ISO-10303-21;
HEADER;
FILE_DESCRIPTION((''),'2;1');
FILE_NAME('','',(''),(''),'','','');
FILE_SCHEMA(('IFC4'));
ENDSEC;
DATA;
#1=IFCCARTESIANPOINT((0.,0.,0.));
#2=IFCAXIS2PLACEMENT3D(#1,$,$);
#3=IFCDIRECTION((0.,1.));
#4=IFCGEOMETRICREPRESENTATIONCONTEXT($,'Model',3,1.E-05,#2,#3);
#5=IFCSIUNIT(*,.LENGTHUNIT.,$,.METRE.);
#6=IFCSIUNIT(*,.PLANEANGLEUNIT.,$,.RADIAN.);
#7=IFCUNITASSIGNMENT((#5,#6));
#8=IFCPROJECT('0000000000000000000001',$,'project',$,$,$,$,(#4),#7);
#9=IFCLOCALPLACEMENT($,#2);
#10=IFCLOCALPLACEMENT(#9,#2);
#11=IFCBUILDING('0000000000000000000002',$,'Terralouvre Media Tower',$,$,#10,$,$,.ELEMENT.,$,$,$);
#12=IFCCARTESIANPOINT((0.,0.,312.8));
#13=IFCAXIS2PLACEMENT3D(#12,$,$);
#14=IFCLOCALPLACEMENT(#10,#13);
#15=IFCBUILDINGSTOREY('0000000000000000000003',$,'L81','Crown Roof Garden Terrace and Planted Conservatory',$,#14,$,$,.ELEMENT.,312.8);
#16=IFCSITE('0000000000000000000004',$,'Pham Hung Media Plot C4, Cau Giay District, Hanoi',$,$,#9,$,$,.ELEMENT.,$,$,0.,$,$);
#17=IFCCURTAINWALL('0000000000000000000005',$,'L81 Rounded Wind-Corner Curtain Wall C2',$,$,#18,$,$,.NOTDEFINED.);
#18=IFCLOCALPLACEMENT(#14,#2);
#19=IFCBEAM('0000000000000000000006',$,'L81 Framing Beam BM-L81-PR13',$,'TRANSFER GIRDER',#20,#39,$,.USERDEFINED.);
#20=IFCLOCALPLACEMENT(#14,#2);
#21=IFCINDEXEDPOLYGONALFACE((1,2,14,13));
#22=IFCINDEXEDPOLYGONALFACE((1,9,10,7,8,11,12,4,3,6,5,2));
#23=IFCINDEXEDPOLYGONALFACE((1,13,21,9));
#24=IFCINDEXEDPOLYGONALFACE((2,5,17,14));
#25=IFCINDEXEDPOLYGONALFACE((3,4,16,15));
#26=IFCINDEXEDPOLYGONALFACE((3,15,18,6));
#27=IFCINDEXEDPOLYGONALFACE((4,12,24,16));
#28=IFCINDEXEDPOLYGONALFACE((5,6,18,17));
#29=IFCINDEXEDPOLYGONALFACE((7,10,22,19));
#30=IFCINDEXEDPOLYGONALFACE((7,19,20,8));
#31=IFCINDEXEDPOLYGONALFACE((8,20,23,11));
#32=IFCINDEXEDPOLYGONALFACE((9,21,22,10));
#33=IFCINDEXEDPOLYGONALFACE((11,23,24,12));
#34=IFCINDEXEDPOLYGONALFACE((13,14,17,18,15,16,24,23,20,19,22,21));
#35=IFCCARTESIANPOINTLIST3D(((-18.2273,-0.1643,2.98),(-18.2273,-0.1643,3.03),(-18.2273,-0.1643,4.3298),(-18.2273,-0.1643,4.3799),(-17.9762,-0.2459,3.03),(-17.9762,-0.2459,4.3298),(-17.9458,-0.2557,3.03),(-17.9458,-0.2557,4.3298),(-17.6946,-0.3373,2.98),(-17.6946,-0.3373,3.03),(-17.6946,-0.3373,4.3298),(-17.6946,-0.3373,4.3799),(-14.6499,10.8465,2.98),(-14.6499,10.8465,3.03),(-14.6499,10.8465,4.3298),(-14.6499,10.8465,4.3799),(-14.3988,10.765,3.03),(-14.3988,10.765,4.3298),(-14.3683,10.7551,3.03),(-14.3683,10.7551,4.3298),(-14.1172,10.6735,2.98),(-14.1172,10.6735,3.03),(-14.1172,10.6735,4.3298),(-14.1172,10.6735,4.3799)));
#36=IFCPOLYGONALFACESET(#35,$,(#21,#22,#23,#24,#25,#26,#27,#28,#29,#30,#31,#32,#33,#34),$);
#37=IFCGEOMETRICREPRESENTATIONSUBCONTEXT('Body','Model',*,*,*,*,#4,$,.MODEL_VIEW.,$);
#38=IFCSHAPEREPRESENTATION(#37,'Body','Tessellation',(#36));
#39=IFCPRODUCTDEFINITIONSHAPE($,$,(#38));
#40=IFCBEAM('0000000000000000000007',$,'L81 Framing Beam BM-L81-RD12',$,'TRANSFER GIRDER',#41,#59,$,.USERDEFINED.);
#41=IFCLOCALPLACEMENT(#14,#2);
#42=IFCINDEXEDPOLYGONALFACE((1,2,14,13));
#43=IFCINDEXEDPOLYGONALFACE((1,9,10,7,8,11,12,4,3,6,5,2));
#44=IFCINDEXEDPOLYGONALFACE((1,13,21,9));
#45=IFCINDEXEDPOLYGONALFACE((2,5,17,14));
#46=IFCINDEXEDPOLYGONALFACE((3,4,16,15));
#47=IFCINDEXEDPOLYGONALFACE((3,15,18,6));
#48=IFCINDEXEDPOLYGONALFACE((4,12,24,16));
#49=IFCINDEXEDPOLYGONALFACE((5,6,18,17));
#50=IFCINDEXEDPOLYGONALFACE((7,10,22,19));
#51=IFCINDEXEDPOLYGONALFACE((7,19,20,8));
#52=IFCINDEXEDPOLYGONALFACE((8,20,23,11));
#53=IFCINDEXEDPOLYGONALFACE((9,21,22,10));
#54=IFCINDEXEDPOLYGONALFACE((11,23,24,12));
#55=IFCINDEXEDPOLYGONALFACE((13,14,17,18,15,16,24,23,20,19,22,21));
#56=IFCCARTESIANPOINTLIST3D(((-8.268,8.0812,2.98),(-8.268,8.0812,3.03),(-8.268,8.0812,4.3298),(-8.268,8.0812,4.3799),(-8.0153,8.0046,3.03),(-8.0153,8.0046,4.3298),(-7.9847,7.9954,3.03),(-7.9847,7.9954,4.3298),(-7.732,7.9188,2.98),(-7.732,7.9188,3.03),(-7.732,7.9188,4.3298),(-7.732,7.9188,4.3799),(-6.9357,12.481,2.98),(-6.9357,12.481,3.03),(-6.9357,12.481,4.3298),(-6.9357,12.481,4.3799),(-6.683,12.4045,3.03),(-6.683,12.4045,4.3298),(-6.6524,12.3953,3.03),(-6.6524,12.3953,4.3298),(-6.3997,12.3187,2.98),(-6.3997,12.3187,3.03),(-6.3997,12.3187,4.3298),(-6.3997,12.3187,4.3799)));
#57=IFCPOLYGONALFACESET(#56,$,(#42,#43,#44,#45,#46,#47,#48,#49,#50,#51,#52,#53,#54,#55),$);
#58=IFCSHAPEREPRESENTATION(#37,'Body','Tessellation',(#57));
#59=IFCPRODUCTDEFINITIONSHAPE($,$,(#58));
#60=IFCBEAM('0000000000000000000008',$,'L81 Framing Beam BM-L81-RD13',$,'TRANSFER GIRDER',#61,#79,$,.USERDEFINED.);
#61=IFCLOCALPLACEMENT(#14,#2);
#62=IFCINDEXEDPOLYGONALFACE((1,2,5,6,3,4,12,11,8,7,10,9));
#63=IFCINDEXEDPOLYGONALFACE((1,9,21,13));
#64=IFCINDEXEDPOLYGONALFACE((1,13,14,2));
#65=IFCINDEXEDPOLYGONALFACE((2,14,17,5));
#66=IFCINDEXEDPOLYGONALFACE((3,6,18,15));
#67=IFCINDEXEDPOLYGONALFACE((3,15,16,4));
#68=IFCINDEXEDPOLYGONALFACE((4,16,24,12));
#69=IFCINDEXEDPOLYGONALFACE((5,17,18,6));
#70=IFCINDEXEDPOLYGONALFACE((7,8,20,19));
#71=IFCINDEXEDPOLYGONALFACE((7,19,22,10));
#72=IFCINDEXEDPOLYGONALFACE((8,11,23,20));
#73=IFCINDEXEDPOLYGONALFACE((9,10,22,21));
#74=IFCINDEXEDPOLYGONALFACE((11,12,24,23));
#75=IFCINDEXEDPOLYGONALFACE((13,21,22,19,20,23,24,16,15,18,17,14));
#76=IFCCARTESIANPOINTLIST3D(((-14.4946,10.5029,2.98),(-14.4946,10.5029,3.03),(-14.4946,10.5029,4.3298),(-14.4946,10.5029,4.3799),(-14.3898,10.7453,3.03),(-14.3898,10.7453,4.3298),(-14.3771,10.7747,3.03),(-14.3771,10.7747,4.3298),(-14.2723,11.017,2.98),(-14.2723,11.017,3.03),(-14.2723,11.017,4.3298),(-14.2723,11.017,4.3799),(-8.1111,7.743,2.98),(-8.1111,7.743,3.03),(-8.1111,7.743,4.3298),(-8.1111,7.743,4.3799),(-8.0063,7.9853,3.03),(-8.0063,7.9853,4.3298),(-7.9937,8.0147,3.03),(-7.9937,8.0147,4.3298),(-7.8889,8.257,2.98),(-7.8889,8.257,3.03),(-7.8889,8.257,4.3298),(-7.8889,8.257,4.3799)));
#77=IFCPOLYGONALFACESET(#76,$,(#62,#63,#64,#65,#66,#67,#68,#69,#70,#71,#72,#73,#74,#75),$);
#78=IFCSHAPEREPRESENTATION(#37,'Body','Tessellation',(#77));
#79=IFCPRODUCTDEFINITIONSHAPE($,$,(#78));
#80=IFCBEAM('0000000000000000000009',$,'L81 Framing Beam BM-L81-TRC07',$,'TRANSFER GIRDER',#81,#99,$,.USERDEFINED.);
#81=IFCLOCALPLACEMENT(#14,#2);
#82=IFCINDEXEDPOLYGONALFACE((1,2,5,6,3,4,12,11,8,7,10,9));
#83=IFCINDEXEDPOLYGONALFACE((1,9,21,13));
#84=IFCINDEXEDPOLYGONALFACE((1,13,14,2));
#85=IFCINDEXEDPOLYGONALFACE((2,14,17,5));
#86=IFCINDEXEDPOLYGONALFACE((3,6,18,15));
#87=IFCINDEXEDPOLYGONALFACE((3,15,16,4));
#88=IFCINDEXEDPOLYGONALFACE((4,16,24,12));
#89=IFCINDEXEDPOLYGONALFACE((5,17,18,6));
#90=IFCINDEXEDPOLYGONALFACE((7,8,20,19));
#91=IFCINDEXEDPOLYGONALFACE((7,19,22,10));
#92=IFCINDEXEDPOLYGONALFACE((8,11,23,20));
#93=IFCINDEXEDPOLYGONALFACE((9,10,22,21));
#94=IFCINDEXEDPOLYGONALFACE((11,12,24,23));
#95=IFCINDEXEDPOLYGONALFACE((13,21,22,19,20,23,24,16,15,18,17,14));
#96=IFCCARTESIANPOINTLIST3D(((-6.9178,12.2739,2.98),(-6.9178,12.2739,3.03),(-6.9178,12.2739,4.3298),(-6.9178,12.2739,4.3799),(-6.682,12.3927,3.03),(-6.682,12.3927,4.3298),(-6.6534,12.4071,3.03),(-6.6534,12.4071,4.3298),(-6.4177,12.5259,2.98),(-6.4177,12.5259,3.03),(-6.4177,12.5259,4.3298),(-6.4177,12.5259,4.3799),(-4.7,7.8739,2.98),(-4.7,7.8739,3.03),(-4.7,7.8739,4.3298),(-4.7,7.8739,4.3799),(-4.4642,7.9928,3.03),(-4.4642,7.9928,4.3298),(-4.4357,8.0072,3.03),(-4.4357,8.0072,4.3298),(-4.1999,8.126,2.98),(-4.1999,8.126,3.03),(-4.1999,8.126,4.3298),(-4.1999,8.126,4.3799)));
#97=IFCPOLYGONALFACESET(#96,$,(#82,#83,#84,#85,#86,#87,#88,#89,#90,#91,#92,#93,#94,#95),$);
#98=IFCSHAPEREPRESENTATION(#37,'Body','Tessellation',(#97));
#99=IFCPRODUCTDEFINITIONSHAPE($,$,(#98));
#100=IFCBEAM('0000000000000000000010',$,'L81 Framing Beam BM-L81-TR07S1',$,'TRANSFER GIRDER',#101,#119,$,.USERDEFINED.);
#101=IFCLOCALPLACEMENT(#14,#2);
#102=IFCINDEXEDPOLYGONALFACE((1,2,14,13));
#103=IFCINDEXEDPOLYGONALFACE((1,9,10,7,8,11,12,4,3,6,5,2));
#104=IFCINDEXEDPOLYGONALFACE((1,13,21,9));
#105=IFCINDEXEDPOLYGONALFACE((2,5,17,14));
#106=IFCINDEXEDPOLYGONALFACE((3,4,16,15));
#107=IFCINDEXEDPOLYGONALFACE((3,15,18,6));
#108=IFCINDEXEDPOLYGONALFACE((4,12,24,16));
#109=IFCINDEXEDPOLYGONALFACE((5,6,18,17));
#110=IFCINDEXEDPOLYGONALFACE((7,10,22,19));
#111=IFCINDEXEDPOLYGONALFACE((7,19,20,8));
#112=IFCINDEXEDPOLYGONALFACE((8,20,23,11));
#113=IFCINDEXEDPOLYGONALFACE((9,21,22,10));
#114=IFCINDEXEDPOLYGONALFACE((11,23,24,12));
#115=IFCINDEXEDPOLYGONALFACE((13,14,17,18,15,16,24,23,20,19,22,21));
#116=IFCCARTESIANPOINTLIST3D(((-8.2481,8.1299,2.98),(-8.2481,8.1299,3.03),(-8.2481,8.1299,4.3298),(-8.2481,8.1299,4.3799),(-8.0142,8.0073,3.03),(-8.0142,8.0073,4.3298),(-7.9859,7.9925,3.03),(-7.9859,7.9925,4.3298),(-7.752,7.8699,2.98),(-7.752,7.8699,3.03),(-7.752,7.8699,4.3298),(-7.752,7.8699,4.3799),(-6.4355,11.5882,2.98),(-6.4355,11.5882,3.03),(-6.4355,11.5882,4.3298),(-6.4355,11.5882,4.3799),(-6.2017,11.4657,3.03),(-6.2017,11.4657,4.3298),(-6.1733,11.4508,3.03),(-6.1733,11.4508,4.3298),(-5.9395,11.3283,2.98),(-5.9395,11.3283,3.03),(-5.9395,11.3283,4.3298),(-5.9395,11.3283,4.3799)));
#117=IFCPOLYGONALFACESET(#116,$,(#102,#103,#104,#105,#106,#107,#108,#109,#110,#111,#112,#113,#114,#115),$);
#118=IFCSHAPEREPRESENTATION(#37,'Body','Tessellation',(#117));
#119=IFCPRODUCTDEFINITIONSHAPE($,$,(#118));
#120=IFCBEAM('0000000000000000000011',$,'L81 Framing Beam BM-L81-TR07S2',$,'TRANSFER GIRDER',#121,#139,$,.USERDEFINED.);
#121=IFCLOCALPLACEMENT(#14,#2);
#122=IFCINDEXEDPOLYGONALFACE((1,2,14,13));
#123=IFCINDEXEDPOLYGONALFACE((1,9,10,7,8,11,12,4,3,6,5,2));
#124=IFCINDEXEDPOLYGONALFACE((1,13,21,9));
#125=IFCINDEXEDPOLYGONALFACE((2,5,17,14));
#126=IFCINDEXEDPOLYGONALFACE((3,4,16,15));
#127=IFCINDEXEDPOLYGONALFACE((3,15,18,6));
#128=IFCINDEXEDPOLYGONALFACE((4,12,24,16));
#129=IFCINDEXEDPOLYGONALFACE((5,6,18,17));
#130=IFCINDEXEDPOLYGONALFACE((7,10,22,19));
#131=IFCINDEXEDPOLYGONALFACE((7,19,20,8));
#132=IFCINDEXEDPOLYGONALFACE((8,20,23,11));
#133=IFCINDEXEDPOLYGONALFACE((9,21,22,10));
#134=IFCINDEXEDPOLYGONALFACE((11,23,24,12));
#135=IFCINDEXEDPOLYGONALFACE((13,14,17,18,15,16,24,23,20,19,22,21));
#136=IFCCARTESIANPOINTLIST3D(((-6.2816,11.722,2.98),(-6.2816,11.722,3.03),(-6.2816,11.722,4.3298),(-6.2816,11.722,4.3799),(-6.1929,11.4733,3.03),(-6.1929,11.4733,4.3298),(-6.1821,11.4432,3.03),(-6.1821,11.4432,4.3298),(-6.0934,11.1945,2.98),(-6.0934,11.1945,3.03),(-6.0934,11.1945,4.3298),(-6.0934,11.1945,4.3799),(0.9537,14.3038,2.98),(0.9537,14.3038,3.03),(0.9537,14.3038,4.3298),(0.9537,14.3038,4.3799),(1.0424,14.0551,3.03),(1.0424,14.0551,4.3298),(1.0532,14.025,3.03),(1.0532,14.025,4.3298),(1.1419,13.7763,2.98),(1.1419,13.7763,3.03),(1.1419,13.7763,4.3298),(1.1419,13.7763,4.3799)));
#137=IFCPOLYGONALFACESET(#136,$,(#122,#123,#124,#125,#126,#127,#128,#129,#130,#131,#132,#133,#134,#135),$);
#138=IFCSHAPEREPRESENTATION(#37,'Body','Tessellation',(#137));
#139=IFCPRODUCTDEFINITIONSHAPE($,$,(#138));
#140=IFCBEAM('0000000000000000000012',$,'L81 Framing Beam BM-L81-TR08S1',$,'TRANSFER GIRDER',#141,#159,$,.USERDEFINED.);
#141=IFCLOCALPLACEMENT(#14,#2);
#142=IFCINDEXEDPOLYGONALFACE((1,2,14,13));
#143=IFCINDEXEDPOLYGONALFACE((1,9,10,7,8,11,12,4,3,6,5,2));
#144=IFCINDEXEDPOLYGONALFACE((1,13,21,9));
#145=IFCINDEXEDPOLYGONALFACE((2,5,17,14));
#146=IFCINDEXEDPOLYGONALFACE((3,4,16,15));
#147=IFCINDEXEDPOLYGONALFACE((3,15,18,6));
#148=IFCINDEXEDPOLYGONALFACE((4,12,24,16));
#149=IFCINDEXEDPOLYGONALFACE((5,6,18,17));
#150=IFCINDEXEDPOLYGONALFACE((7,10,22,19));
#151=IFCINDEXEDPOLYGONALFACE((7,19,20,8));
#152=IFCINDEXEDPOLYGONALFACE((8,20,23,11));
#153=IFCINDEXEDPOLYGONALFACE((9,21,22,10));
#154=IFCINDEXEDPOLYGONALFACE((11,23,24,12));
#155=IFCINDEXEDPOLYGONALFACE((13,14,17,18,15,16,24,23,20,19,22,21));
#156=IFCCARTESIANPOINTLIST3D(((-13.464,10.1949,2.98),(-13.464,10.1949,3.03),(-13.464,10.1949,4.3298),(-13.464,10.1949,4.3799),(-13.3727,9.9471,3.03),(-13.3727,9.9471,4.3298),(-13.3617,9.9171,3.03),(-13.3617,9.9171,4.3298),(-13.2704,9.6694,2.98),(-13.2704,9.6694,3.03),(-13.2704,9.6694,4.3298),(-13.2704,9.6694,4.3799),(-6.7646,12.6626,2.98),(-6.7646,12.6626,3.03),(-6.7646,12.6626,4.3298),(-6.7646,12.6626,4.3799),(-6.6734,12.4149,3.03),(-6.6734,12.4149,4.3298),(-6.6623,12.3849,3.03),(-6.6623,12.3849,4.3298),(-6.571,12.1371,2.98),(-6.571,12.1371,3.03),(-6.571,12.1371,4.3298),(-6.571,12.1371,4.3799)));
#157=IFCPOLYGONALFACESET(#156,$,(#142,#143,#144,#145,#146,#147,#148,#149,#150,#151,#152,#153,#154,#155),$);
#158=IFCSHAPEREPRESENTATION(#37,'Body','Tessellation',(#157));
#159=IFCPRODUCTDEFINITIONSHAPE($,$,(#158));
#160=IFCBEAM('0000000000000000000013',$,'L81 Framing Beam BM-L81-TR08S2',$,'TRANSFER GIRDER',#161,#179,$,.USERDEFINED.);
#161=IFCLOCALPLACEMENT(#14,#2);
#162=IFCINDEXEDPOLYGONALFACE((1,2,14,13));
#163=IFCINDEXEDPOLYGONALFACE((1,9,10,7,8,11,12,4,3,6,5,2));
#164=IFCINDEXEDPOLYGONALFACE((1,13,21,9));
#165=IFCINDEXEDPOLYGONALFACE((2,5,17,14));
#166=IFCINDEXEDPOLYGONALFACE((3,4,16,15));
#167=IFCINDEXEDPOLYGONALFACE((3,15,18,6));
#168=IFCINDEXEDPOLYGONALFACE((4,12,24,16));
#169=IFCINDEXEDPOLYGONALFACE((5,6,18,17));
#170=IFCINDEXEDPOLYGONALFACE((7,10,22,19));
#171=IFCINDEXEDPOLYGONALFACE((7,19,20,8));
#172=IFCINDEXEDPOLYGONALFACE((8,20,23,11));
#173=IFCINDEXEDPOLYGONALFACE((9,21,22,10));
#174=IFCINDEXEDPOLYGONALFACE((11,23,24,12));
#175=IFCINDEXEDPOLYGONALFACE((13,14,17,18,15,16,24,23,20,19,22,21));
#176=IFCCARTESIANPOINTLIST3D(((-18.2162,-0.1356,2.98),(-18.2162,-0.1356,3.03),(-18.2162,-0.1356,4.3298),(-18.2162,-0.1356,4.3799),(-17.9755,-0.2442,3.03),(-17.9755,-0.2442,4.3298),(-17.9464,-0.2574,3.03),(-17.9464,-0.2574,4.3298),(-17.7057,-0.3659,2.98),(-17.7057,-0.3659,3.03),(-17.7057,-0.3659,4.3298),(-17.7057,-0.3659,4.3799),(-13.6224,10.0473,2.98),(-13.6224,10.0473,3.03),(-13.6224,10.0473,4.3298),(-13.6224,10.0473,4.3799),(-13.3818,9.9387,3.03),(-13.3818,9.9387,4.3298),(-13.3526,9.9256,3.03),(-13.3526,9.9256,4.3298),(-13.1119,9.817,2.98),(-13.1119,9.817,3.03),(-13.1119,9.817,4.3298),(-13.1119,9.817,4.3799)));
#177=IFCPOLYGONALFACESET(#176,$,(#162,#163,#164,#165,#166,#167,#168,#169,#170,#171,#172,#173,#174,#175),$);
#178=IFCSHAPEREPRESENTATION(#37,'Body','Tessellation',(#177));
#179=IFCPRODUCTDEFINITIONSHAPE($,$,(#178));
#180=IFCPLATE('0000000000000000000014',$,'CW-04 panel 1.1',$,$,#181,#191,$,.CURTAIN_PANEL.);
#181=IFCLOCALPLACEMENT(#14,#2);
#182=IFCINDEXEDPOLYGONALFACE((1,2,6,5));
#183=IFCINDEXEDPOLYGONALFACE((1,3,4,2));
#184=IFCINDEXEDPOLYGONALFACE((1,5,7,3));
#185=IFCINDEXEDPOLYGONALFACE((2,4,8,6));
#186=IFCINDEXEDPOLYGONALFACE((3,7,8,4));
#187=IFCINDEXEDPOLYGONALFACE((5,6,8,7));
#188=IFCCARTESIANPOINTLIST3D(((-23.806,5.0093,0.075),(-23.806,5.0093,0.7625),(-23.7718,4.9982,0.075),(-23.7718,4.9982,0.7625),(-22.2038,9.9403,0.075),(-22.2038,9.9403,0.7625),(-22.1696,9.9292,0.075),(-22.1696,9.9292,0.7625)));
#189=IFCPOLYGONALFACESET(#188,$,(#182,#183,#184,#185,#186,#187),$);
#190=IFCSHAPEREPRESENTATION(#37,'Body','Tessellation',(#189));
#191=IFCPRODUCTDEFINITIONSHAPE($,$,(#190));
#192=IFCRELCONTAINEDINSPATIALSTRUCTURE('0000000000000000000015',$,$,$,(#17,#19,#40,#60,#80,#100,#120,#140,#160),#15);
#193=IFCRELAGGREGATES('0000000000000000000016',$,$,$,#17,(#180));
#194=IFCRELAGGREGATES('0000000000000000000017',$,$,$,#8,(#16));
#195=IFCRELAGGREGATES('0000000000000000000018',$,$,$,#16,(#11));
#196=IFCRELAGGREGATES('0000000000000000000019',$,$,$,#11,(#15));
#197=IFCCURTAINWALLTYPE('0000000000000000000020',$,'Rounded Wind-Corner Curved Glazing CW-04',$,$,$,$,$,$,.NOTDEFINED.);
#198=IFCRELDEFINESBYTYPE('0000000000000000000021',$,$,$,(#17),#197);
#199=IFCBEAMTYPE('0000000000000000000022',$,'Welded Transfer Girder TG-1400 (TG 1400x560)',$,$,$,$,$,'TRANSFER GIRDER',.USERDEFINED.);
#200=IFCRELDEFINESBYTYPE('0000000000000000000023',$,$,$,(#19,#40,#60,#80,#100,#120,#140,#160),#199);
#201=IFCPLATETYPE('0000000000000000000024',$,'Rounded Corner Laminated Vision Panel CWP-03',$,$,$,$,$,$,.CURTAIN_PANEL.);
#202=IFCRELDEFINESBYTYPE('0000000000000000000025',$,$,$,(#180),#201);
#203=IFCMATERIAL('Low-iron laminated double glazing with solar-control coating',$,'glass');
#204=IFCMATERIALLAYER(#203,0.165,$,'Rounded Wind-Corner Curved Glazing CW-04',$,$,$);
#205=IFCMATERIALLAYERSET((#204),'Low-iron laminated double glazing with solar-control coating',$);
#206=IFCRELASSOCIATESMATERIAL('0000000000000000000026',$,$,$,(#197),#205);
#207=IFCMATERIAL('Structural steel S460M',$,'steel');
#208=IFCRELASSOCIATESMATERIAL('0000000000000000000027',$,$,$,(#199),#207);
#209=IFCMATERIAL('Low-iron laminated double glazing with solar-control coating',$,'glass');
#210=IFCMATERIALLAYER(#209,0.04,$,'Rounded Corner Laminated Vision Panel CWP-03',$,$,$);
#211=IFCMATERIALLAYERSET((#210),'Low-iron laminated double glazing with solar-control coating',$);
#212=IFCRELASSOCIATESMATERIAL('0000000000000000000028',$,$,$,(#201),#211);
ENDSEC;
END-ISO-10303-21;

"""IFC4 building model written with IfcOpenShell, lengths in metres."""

from ifc_helpers import new_model, si_unit, direction, frame, origin, origin_2d, place, context, subcontext, project, spatial, rectangle, i_section, extrude, material, layer, layer_set, material_profile, profile_set, type_object, element, aggregate, save


model = new_model("IFC4")

# Units and contexts
model_context = context("Model", 3, precision=1e-05, world=origin(), true_north=direction((0.0, 1.0)))
body_context = subcontext(model_context, "Body", "Model", "MODEL_VIEW")
ifc_project = project(units=[si_unit("LENGTHUNIT", "METRE"), si_unit("PLANEANGLEUNIT", "RADIAN")], contexts=[model_context])

# Site, building, storey
site_placement = place(None, origin())
site = spatial("IfcSite", under=ifc_project, at=site_placement, Name="Pham Hung Media Plot C4, Cau Giay District, Hanoi", CompositionType="ELEMENT", RefElevation=0.0)
building_placement = place(site_placement, origin())
building = spatial("IfcBuilding", under=site, at=building_placement, Name="Terralouvre Media Tower", CompositionType="ELEMENT")
storey_placement = place(building_placement, frame((0.0, 0.0, 312.8)))
storey = spatial("IfcBuildingStorey", under=building, at=storey_placement, Name="L81", Description="Crown Roof Garden Terrace and Planted Conservatory", CompositionType="ELEMENT", Elevation=312.8)

# Curtain wall
ifc_material_1 = material(Name="Low-iron laminated double glazing with solar-control coating", Category="glass")
ifc_layer_1 = layer(ifc_material_1, 0.165, Name="Rounded Wind-Corner Curved Glazing CW-04")
ifc_layer_set_1 = layer_set([ifc_layer_1], Name="Low-iron laminated double glazing with solar-control coating")
curtain_wall_type_1 = type_object("IfcCurtainWallType", Name="Rounded Wind-Corner Curved Glazing CW-04", PredefinedType="NOTDEFINED", material=ifc_layer_set_1)
curtain_wall_1_placement = place(storey_placement, origin())
curtain_wall_1 = element("IfcCurtainWall", 1, at=curtain_wall_1_placement, inside=storey, type_object=curtain_wall_type_1, Name="L81 Rounded Wind-Corner Curtain Wall C2", PredefinedType="NOTDEFINED")

# Beams
ifc_material_2 = material(Name="Structural steel S460M", Category="steel")
ifc_material_profile_1 = material_profile(ifc_material_2, i_section(OverallWidth=0.5601, OverallDepth=1.3999, WebThickness=0.032, FlangeThickness=0.05, at=origin_2d()), Name="TG 1400x560")
ifc_profile_set_1 = profile_set([ifc_material_profile_1], Name="Structural steel S460M")
beam_type_1 = type_object("IfcBeamType", Name="Welded Transfer Girder TG-1400 (TG 1400x560)", ElementType="TRANSFER GIRDER", PredefinedType="USERDEFINED", material=ifc_profile_set_1)
beam_1_placement = place(storey_placement, frame((-14.3835, 10.76, 3.6799), z_axis=(-0.309, -0.951062, 0.0), x_axis=(0.951062, -0.309, 0.0)))
element("IfcBeam", 2, at=beam_1_placement, inside=storey, type_object=beam_type_1, Name="L81 Framing Beam BM-L81-PR13", ObjectType="TRANSFER GIRDER", PredefinedType="USERDEFINED", context=body_context, shape_type="SweptSolid", body=[
    extrude(i_section(OverallWidth=0.5601, OverallDepth=1.3999, WebThickness=0.032, FlangeThickness=0.05, at=origin_2d()), origin(), (0.0, 0.0, 1.0), 11.5774),
])
beam_2_placement = place(storey_placement, frame((-8.0, 8.0, 3.6799), z_axis=(0.289803, 0.957086, 0.0), x_axis=(-0.957086, 0.289803, 0.0)))
element("IfcBeam", 3, at=beam_2_placement, inside=storey, type_object=beam_type_1, Name="L81 Framing Beam BM-L81-RD12", ObjectType="TRANSFER GIRDER", PredefinedType="USERDEFINED", context=body_context, shape_type="SweptSolid", body=[
    extrude(i_section(OverallWidth=0.5601, OverallDepth=1.3999, WebThickness=0.032, FlangeThickness=0.05, at=origin_2d()), origin(), (0.0, 0.0, 1.0), 4.5972),
])
beam_3_placement = place(storey_placement, frame((-8.0, 8.0, 3.6799), z_axis=(-0.91788, 0.396858, 0.0), x_axis=(-0.396858, -0.91788, 0.0)))
element("IfcBeam", 4, at=beam_3_placement, inside=storey, type_object=beam_type_1, Name="L81 Framing Beam BM-L81-RD13", ObjectType="TRANSFER GIRDER", PredefinedType="USERDEFINED", context=body_context, shape_type="SweptSolid", body=[
    extrude(i_section(OverallWidth=0.5601, OverallDepth=1.3999, WebThickness=0.032, FlangeThickness=0.05, at=origin_2d()), origin(), (0.0, 0.0, 1.0), 6.9546),
])
beam_4_placement = place(storey_placement, frame((-6.6677, 12.3999, 3.6799), z_axis=(0.450105, -0.892976, 0.0), x_axis=(0.892976, 0.450105, 0.0)))
element("IfcBeam", 5, at=beam_4_placement, inside=storey, type_object=beam_type_1, Name="L81 Framing Beam BM-L81-TRC07", ObjectType="TRANSFER GIRDER", PredefinedType="USERDEFINED", context=body_context, shape_type="SweptSolid", body=[
    extrude(i_section(OverallWidth=0.5601, OverallDepth=1.3999, WebThickness=0.032, FlangeThickness=0.05, at=origin_2d()), origin(), (0.0, 0.0, 1.0), 4.9272),
])
beam_5_placement = place(storey_placement, frame((-6.1875, 11.4583, 3.6799), z_axis=(-0.464215, -0.885723, 0.0), x_axis=(0.885723, -0.464215, 0.0)))
element("IfcBeam", 6, at=beam_5_placement, inside=storey, type_object=beam_type_1, Name="L81 Framing Beam BM-L81-TR07S1", ObjectType="TRANSFER GIRDER", PredefinedType="USERDEFINED", context=body_context, shape_type="SweptSolid", body=[
    extrude(i_section(OverallWidth=0.5601, OverallDepth=1.3999, WebThickness=0.032, FlangeThickness=0.05, at=origin_2d()), origin(), (0.0, 0.0, 1.0), 3.9045),
])
beam_6_placement = place(storey_placement, frame((-6.1875, 11.4583, 3.6799), z_axis=(0.941835, 0.336075, 0.0), x_axis=(-0.336075, 0.941835, 0.0)))
element("IfcBeam", 7, at=beam_6_placement, inside=storey, type_object=beam_type_1, Name="L81 Framing Beam BM-L81-TR07S2", ObjectType="TRANSFER GIRDER", PredefinedType="USERDEFINED", context=body_context, shape_type="SweptSolid", body=[
    extrude(i_section(OverallWidth=0.5601, OverallDepth=1.3999, WebThickness=0.032, FlangeThickness=0.05, at=origin_2d()), origin(), (0.0, 0.0, 1.0), 7.6821),
])
beam_7_placement = place(storey_placement, frame((-13.3672, 9.9321, 3.6799), z_axis=(0.938364, 0.34565, 0.0), x_axis=(-0.34565, 0.938364, 0.0)))
element("IfcBeam", 8, at=beam_7_placement, inside=storey, type_object=beam_type_1, Name="L81 Framing Beam BM-L81-TR08S1", ObjectType="TRANSFER GIRDER", PredefinedType="USERDEFINED", context=body_context, shape_type="SweptSolid", body=[
    extrude(i_section(OverallWidth=0.5601, OverallDepth=1.3999, WebThickness=0.032, FlangeThickness=0.05, at=origin_2d()), origin(), (0.0, 0.0, 1.0), 7.1394),
])
beam_8_placement = place(storey_placement, frame((-13.3672, 9.9321, 3.6799), z_axis=(-0.411218, -0.911537, 0.0), x_axis=(0.911537, -0.411218, 0.0)))
element("IfcBeam", 9, at=beam_8_placement, inside=storey, type_object=beam_type_1, Name="L81 Framing Beam BM-L81-TR08S2", ObjectType="TRANSFER GIRDER", PredefinedType="USERDEFINED", context=body_context, shape_type="SweptSolid", body=[
    extrude(i_section(OverallWidth=0.5601, OverallDepth=1.3999, WebThickness=0.032, FlangeThickness=0.05, at=origin_2d()), origin(), (0.0, 0.0, 1.0), 11.1711),
])

# Plate
ifc_material_3 = material(Name="Low-iron laminated double glazing with solar-control coating", Category="glass")
ifc_layer_2 = layer(ifc_material_3, 0.04, Name="Rounded Corner Laminated Vision Panel CWP-03")
ifc_layer_set_2 = layer_set([ifc_layer_2], Name="Low-iron laminated double glazing with solar-control coating")
plate_type_1 = type_object("IfcPlateType", Name="Rounded Corner Laminated Vision Panel CWP-03", PredefinedType="CURTAIN_PANEL", material=ifc_layer_set_2)
plate_1_placement = place(storey_placement, frame((-22.9878, 7.4692, 0.075), z_axis=(0.0, 0.0, 1.0), x_axis=(-0.309018, -0.951056, 0.0)))
plate_1 = element("IfcPlate", 10, at=plate_1_placement, type_object=plate_type_1, Name="CW-04 panel 1.1", PredefinedType="CURTAIN_PANEL", context=body_context, shape_type="SweptSolid", body=[
    extrude(rectangle(XDim=5.1848, YDim=0.0359, at=origin_2d()), origin(), (0.0, 0.0, 1.0), 0.6875),
])
aggregate(curtain_wall_1, [plate_1])

save(model, "model.ifc")
